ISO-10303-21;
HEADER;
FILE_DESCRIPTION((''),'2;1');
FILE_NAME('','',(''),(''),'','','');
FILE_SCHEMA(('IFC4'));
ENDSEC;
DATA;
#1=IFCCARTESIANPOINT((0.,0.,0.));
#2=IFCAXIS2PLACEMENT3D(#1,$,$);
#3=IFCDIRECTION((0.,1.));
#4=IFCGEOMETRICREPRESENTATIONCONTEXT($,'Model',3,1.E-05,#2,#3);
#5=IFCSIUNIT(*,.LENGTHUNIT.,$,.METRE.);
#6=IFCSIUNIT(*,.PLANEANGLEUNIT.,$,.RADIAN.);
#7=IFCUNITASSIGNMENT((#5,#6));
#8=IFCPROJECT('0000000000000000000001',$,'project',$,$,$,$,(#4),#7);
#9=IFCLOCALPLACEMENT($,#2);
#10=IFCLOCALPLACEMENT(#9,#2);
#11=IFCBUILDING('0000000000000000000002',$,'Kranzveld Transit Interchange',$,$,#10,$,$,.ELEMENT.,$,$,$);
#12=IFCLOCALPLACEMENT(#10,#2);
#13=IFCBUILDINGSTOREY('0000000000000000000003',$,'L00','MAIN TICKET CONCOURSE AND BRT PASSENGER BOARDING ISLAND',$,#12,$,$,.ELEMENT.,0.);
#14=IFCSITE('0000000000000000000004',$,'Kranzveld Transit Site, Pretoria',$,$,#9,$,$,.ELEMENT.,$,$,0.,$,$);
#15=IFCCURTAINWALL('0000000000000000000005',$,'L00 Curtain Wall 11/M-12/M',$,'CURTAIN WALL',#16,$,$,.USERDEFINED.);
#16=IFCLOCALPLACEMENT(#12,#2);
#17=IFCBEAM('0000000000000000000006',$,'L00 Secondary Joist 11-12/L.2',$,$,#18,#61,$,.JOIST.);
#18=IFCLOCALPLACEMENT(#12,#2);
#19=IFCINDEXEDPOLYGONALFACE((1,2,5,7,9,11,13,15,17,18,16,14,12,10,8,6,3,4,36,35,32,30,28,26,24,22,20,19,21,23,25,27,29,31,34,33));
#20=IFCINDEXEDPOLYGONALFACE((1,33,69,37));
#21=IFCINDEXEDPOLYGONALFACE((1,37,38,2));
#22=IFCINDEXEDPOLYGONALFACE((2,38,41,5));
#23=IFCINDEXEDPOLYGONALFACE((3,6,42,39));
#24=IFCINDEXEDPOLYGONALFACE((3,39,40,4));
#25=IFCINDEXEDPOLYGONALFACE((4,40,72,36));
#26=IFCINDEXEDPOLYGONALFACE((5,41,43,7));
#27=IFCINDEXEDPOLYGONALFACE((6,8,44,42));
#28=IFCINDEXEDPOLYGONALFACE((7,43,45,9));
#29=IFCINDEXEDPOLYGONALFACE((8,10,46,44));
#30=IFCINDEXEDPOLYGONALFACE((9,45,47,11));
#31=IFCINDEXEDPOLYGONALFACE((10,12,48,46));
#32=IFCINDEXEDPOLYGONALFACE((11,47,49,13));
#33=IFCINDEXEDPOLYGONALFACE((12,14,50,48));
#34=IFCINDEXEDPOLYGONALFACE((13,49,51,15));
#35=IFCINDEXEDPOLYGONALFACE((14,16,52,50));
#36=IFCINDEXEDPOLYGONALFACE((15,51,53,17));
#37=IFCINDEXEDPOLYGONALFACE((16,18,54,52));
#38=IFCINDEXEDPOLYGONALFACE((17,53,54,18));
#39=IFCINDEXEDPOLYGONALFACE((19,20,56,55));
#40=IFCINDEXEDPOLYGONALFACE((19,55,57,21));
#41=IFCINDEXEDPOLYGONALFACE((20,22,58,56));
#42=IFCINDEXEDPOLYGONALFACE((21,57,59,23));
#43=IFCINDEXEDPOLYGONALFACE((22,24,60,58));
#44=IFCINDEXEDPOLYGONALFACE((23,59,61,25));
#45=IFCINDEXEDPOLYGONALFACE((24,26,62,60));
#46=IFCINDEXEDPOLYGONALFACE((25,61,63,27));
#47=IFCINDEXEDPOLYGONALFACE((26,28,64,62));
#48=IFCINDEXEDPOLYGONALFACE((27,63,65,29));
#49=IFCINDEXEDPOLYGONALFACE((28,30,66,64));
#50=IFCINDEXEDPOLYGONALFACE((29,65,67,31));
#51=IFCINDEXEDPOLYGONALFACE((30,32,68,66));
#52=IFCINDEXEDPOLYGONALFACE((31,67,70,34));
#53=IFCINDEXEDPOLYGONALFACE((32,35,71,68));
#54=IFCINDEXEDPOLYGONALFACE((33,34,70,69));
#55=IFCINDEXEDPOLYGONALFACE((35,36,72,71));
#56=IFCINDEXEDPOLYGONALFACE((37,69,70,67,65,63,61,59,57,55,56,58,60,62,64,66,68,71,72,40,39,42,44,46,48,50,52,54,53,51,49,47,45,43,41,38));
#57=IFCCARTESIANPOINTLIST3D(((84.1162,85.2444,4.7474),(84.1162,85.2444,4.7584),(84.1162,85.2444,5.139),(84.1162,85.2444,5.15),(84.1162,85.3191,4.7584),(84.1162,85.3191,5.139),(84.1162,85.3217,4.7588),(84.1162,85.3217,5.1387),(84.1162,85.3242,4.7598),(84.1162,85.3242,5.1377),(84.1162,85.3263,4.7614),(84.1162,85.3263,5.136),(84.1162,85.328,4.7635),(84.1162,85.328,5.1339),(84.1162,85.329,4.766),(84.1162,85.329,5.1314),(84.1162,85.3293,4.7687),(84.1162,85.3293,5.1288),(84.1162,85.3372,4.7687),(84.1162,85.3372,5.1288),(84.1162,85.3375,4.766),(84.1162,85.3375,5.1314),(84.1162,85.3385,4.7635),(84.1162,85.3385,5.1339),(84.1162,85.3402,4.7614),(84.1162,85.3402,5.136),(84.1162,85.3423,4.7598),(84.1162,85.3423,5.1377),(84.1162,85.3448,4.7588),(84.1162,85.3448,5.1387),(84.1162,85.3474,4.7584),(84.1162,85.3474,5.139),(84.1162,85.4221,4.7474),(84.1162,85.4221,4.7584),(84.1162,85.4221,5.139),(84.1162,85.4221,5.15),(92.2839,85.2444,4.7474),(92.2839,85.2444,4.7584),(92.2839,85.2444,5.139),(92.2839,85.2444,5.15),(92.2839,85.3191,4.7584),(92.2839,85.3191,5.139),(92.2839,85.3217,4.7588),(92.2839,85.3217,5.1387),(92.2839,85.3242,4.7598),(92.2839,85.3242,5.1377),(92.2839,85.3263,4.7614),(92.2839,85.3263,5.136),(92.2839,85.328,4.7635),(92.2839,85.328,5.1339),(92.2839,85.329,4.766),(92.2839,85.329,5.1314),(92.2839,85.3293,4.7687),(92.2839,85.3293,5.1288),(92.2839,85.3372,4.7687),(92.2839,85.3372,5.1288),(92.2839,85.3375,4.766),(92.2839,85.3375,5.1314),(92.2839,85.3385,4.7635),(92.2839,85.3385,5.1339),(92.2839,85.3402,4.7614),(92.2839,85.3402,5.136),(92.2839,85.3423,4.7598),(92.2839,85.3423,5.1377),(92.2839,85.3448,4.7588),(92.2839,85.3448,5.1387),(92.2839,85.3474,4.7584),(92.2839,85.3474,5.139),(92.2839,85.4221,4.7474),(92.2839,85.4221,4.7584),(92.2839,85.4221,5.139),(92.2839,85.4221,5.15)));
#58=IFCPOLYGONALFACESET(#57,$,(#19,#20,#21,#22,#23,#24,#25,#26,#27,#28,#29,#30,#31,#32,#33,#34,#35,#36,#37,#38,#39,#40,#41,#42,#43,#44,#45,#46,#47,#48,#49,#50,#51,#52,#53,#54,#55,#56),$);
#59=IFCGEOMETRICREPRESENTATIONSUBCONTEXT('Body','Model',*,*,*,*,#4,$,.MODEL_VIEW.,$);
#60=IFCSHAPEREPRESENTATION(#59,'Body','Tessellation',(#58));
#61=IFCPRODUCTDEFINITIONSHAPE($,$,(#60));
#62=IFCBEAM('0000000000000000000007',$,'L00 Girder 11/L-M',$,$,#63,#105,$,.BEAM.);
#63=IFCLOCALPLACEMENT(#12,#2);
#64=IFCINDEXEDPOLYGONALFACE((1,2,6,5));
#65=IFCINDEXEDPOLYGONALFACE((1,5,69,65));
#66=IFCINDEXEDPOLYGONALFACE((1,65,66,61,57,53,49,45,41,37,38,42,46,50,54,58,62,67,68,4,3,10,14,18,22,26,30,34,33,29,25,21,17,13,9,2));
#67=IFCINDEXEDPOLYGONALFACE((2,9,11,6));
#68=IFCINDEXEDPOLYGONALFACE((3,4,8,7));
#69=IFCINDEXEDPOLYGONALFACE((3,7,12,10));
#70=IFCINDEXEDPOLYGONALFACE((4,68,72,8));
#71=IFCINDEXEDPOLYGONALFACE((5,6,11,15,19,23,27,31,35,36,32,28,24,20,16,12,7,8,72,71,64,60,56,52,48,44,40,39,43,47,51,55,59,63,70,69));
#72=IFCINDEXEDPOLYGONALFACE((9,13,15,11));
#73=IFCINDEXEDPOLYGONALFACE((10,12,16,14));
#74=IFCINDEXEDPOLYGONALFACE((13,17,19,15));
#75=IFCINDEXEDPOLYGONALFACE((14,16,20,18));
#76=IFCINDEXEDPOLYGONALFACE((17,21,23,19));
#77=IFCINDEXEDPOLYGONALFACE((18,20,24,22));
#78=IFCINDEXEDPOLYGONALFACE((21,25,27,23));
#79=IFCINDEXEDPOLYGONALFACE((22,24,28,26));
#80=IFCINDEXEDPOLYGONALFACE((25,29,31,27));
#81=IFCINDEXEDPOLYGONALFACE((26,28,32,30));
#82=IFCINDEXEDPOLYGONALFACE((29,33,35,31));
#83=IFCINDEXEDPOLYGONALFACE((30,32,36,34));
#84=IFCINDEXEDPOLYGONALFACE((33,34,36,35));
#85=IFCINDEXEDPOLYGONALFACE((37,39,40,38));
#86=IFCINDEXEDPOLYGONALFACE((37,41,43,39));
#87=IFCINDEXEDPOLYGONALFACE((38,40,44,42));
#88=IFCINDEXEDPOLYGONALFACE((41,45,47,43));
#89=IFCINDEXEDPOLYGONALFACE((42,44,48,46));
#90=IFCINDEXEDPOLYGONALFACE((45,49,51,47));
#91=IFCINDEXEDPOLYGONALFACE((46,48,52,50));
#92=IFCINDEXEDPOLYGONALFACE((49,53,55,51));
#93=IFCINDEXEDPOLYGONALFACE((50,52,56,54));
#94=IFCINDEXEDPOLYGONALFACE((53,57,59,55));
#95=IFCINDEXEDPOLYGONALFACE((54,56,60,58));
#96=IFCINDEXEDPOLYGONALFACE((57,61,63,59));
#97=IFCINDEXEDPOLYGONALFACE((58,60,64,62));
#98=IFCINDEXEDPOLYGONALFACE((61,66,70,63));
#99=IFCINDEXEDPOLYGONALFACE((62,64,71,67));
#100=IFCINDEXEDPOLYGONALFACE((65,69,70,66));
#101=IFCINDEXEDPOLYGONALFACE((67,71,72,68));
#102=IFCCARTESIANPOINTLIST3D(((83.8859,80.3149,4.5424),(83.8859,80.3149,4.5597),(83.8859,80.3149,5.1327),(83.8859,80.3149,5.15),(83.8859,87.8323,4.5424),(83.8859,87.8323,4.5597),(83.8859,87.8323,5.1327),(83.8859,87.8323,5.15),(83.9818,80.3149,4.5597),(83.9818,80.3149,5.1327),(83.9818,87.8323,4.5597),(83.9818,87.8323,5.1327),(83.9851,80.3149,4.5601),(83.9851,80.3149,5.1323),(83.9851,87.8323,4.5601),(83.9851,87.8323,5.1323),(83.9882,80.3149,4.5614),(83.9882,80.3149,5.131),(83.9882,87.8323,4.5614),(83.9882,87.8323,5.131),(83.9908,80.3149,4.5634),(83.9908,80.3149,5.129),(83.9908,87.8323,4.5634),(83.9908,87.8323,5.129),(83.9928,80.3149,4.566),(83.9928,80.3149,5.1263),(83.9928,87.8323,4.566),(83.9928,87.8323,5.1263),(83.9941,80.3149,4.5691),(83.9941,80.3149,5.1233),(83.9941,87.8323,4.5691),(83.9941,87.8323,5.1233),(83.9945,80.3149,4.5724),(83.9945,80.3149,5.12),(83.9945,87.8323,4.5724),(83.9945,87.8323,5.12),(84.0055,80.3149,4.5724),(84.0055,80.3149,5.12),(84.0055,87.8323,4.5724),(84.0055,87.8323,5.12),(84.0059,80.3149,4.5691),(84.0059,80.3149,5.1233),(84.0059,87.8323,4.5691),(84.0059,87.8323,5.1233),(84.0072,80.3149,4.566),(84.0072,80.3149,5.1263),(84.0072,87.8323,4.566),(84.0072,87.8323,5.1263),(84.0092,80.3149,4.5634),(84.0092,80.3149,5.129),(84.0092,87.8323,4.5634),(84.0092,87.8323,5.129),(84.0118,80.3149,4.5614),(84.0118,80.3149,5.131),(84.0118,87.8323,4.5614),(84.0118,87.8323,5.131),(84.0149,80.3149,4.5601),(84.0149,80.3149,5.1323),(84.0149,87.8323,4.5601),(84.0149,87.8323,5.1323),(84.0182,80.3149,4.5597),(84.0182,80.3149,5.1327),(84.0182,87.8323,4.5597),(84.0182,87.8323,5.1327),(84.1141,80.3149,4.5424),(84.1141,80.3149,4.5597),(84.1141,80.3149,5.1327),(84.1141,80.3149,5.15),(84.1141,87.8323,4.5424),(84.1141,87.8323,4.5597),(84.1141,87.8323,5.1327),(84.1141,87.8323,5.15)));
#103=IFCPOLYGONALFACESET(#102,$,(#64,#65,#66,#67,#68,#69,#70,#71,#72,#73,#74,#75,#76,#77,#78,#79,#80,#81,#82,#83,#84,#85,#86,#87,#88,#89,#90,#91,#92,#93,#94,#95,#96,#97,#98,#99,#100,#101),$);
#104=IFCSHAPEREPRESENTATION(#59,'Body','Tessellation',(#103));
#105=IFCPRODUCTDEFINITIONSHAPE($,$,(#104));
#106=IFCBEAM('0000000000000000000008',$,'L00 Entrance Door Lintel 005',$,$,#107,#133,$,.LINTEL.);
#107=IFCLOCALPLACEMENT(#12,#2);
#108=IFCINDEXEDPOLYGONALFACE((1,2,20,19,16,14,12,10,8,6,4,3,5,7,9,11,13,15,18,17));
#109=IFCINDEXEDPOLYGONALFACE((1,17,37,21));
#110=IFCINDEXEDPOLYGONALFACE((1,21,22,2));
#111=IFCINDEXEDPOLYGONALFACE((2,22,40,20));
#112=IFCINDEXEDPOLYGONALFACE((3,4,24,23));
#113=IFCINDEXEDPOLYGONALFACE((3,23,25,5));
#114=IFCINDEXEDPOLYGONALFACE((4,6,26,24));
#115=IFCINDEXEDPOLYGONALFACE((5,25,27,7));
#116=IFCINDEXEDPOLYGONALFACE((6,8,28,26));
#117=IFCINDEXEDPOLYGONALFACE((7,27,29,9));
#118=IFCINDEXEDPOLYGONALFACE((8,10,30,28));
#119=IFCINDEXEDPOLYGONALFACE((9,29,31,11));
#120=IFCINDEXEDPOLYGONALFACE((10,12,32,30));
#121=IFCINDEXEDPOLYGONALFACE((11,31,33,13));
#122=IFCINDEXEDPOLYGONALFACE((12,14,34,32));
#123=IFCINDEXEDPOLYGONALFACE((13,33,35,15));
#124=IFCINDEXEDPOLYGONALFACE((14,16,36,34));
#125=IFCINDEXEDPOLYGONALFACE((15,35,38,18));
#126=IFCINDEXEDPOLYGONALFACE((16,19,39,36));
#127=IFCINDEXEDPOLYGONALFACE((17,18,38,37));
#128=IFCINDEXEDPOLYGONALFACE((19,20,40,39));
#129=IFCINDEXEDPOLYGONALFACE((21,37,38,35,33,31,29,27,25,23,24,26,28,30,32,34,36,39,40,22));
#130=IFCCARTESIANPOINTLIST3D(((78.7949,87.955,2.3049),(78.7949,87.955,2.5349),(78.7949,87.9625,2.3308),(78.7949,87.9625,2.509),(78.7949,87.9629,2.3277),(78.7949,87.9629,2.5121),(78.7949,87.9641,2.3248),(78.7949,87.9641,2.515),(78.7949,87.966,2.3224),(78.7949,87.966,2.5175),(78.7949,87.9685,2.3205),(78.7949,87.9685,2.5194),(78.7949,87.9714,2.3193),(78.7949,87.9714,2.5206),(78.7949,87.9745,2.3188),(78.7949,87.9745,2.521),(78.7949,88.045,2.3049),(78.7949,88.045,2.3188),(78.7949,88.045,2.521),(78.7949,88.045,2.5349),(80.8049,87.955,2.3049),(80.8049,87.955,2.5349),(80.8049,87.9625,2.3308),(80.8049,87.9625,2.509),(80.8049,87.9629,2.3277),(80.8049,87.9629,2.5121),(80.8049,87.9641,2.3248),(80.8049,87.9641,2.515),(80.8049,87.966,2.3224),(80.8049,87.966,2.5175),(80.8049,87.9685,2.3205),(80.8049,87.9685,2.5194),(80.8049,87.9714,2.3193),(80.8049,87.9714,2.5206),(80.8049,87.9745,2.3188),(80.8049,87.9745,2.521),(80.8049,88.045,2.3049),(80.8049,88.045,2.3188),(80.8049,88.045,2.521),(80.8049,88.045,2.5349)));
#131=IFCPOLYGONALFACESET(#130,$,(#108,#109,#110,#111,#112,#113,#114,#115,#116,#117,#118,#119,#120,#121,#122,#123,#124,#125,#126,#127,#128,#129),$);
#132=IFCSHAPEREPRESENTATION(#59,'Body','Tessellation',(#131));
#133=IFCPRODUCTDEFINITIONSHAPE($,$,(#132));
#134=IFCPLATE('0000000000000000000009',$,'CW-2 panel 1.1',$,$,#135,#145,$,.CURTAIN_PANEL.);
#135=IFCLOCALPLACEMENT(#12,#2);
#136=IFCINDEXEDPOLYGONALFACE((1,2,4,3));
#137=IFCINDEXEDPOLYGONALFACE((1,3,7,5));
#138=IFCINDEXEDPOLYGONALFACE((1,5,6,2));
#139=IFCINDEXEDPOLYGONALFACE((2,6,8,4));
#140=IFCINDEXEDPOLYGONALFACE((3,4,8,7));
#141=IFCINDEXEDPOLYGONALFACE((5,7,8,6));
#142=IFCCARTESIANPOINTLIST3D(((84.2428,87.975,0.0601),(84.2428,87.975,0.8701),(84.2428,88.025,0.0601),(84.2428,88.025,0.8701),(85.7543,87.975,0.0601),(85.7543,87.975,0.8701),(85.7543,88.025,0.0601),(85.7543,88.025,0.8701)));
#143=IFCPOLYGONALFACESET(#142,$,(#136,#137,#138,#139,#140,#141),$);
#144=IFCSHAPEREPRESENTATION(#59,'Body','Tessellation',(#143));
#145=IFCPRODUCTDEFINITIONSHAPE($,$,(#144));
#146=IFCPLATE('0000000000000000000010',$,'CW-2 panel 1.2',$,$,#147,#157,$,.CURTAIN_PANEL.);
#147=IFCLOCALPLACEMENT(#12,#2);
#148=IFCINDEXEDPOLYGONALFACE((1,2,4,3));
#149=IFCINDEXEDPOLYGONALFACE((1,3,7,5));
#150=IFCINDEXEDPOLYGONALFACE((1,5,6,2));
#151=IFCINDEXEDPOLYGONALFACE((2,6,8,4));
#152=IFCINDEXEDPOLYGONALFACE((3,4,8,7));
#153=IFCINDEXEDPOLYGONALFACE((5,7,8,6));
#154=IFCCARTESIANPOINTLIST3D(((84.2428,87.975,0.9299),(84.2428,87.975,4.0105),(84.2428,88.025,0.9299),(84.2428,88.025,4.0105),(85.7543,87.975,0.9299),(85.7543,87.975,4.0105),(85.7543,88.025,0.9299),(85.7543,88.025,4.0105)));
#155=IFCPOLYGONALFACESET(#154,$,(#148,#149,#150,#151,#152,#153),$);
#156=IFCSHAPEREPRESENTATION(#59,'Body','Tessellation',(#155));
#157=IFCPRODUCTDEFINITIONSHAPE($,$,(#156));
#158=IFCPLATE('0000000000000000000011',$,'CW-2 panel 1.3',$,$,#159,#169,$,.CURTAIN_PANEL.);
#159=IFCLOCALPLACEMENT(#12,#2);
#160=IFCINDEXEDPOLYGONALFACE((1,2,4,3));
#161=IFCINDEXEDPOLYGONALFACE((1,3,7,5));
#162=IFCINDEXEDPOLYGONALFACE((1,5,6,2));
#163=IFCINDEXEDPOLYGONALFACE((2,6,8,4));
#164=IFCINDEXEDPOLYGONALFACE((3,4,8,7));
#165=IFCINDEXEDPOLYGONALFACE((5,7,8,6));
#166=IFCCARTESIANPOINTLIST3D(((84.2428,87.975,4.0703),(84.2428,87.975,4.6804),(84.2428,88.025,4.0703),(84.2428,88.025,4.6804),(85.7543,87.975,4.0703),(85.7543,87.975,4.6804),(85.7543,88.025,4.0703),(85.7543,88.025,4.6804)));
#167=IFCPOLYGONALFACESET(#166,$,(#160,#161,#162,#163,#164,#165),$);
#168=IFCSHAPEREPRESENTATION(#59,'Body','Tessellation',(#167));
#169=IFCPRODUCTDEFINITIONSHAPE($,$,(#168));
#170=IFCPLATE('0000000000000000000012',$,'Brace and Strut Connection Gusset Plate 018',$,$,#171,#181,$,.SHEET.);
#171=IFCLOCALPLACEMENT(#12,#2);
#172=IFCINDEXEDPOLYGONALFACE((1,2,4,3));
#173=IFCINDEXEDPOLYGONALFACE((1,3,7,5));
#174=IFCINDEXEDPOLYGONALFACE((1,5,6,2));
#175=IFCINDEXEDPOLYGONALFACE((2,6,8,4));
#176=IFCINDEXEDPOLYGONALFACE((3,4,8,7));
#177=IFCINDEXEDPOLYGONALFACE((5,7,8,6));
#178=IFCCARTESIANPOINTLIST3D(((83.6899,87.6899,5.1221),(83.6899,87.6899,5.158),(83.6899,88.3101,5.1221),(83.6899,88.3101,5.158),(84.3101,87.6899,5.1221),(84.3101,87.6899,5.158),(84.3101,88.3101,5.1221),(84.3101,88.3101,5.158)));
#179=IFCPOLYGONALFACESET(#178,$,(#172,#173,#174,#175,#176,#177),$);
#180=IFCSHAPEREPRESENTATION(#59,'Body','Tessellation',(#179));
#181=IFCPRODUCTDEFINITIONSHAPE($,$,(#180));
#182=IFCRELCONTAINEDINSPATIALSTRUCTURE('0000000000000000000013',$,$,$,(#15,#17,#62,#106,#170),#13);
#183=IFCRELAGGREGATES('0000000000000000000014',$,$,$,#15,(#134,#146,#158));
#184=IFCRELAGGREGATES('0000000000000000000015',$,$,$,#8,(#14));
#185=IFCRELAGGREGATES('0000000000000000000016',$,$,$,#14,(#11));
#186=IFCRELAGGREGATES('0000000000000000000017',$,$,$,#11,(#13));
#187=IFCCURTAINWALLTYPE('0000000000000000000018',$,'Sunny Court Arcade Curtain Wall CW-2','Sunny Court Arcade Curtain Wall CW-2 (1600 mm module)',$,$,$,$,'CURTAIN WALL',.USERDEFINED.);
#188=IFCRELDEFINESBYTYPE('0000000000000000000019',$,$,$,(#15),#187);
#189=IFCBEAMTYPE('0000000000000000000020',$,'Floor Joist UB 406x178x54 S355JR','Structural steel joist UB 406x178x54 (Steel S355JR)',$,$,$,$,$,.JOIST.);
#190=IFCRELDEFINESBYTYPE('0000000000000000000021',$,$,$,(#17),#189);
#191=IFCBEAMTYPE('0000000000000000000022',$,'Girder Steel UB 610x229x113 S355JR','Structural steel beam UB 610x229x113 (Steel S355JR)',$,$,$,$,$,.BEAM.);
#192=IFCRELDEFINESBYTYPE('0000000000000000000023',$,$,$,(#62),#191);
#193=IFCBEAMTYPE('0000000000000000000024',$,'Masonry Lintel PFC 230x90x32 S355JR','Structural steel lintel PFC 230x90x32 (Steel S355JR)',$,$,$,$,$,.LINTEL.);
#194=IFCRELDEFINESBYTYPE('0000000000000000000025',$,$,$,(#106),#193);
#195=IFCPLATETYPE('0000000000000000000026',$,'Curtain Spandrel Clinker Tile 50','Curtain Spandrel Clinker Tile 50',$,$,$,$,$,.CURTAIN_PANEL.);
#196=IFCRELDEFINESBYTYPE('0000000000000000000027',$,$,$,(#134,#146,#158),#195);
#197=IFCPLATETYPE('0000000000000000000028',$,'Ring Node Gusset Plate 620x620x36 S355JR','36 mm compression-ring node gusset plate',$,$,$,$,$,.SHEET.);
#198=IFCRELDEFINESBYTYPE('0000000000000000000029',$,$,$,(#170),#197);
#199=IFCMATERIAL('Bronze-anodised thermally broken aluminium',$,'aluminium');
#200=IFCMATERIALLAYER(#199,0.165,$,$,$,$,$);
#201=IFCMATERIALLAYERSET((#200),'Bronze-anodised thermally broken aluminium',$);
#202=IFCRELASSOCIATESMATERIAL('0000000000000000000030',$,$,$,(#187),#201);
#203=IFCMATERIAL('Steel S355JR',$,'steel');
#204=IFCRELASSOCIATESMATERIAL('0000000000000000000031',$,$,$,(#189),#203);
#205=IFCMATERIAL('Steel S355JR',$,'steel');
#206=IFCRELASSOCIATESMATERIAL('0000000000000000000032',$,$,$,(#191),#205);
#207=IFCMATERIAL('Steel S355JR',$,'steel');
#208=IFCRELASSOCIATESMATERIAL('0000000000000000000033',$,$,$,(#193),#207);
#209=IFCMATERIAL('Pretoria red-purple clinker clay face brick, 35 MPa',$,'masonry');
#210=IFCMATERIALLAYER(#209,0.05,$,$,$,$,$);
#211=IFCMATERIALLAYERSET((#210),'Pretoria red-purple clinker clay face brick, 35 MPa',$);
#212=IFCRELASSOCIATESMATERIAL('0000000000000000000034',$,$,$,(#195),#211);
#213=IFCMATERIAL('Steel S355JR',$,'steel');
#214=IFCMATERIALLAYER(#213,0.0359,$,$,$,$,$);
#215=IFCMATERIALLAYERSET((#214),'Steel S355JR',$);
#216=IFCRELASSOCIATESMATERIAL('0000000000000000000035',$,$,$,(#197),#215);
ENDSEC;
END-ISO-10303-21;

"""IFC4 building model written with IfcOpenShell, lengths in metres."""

from ifc_helpers import new_model, si_unit, direction, frame, origin, origin_2d, place, context, subcontext, project, spatial, rectangle, i_section, u_section, extrude, material, layer, layer_set, material_profile, profile_set, type_object, element, aggregate, save


model = new_model("IFC4")

# Units and contexts
model_context = context("Model", 3, precision=1e-05, world=origin(), true_north=direction((0.0, 1.0)))
body_context = subcontext(model_context, "Body", "Model", "MODEL_VIEW")
ifc_project = project(units=[si_unit("LENGTHUNIT", "METRE"), si_unit("PLANEANGLEUNIT", "RADIAN")], contexts=[model_context])

# Site, building, storey
site_placement = place(None, origin())
site = spatial("IfcSite", under=ifc_project, at=site_placement, Name="Kranzveld Transit Site, Pretoria", CompositionType="ELEMENT", RefElevation=0.0)
building_placement = place(site_placement, origin())
building = spatial("IfcBuilding", under=site, at=building_placement, Name="Kranzveld Transit Interchange", CompositionType="ELEMENT")
storey_placement = place(building_placement, origin())
storey = spatial("IfcBuildingStorey", under=building, at=storey_placement, Name="L00", Description="MAIN TICKET CONCOURSE AND BRT PASSENGER BOARDING ISLAND", CompositionType="ELEMENT", Elevation=0.0)

# Curtain wall
ifc_material_1 = material(Name="Bronze-anodised thermally broken aluminium", Category="aluminium")
ifc_layer_1 = layer(ifc_material_1, 0.165)
ifc_layer_set_1 = layer_set([ifc_layer_1], Name="Bronze-anodised thermally broken aluminium")
curtain_wall_type = type_object("IfcCurtainWallType", Name="Sunny Court Arcade Curtain Wall CW-2", Description="Sunny Court Arcade Curtain Wall CW-2 (1600 mm module)", ElementType="CURTAIN WALL", PredefinedType="USERDEFINED", material=ifc_layer_set_1)
curtain_wall_placement = place(storey_placement, origin())
curtain_wall = element("IfcCurtainWall", 1, at=curtain_wall_placement, inside=storey, type_object=curtain_wall_type, Name="L00 Curtain Wall 11/M-12/M", ObjectType="CURTAIN WALL", PredefinedType="USERDEFINED")

# Beams
ifc_material_2 = material(Name="Steel S355JR", Category="steel")
ifc_material_profile_1 = material_profile(ifc_material_2, i_section(OverallWidth=0.1777, OverallDepth=0.4026, WebThickness=0.0078, FlangeThickness=0.011, FilletRadius=0.0103, at=origin_2d()), Name="UB 406x178x54")
ifc_profile_set_1 = profile_set([ifc_material_profile_1], Name="Steel S355JR")
beam_type_1 = type_object("IfcBeamType", Name="Floor Joist UB 406x178x54 S355JR", Description="Structural steel joist UB 406x178x54 (Steel S355JR)", PredefinedType="JOIST", material=ifc_profile_set_1)
for number, where, z_axis, x_axis, name in (
    (2, (84.1162, 85.3333, 4.9487), (1.0, 0.0, 0.0), (0.0, 1.0, 0.0), "L00 Secondary Joist 11-12/L.2"),
):
    element("IfcBeam", number, at=place(storey_placement, frame(where, z_axis=z_axis, x_axis=x_axis)), inside=storey, type_object=beam_type_1, Name=name, PredefinedType="JOIST", context=body_context, shape_type="SweptSolid", body=[
        extrude(i_section(OverallWidth=0.1777, OverallDepth=0.4026, WebThickness=0.0078, FlangeThickness=0.011, FilletRadius=0.0103, at=origin_2d()), origin(), (0.0, 0.0, 1.0), 8.1677),
    ])
ifc_material_3 = material(Name="Steel S355JR", Category="steel")
ifc_material_profile_2 = material_profile(ifc_material_3, i_section(OverallWidth=0.2283, OverallDepth=0.6077, WebThickness=0.011, FlangeThickness=0.0173, FilletRadius=0.0127, at=origin_2d()), Name="UB 610x229x113")
ifc_profile_set_2 = profile_set([ifc_material_profile_2], Name="Steel S355JR")
beam_type_2 = type_object("IfcBeamType", Name="Girder Steel UB 610x229x113 S355JR", Description="Structural steel beam UB 610x229x113 (Steel S355JR)", PredefinedType="BEAM", material=ifc_profile_set_2)
beam_1_placement = place(storey_placement, frame((84.0, 80.3149, 4.8462), z_axis=(0.0, 1.0, 0.0), x_axis=(-1.0, 0.0, 0.0)))
element("IfcBeam", 3, at=beam_1_placement, inside=storey, type_object=beam_type_2, Name="L00 Girder 11/L-M", PredefinedType="BEAM", context=body_context, shape_type="SweptSolid", body=[
    extrude(i_section(OverallWidth=0.2283, OverallDepth=0.6077, WebThickness=0.011, FlangeThickness=0.0173, FilletRadius=0.0127, at=origin_2d()), origin(), (0.0, 0.0, 1.0), 7.5173),
])
ifc_material_4 = material(Name="Steel S355JR", Category="steel")
ifc_material_profile_3 = material_profile(ifc_material_4, u_section(Depth=0.23, FlangeWidth=0.0901, WebThickness=0.0076, FlangeThickness=0.0139, FilletRadius=0.012, at=origin_2d()), Name="PFC 230x90x32")
ifc_profile_set_3 = profile_set([ifc_material_profile_3], Name="Steel S355JR")
beam_type_3 = type_object("IfcBeamType", Name="Masonry Lintel PFC 230x90x32 S355JR", Description="Structural steel lintel PFC 230x90x32 (Steel S355JR)", PredefinedType="LINTEL", material=ifc_profile_set_3)
beam_2_placement = place(storey_placement, frame((78.7949, 88.0, 2.4199), z_axis=(1.0, 0.0, 0.0), x_axis=(0.0, 1.0, 0.0)))
element("IfcBeam", 4, at=beam_2_placement, inside=storey, type_object=beam_type_3, Name="L00 Entrance Door Lintel 005", PredefinedType="LINTEL", context=body_context, shape_type="SweptSolid", body=[
    extrude(u_section(Depth=0.23, FlangeWidth=0.0901, WebThickness=0.0076, FlangeThickness=0.0139, FilletRadius=0.012, at=origin_2d()), origin(), (0.0, 0.0, 1.0), 2.01),
])

# Plates
ifc_material_5 = material(Name="Pretoria red-purple clinker clay face brick, 35 MPa", Category="masonry")
ifc_layer_2 = layer(ifc_material_5, 0.05)
ifc_layer_set_2 = layer_set([ifc_layer_2], Name="Pretoria red-purple clinker clay face brick, 35 MPa")
plate_type_1 = type_object("IfcPlateType", Name="Curtain Spandrel Clinker Tile 50", Description="Curtain Spandrel Clinker Tile 50", PredefinedType="CURTAIN_PANEL", material=ifc_layer_set_2)
plate_1_placement = place(storey_placement, frame((84.9985, 88.0, 0.0601), z_axis=(0.0, 0.0, 1.0), x_axis=(1.0, 0.0, 0.0)))
plate_1 = element("IfcPlate", 5, at=plate_1_placement, type_object=plate_type_1, Name="CW-2 panel 1.1", PredefinedType="CURTAIN_PANEL", context=body_context, shape_type="SweptSolid", body=[
    extrude(rectangle(XDim=1.5115, YDim=0.05, at=origin_2d()), origin(), (0.0, 0.0, 1.0), 0.8101),
])
plate_2_placement = place(storey_placement, frame((84.9985, 88.0, 0.9299), z_axis=(0.0, 0.0, 1.0), x_axis=(1.0, 0.0, 0.0)))
plate_2 = element("IfcPlate", 6, at=plate_2_placement, type_object=plate_type_1, Name="CW-2 panel 1.2", PredefinedType="CURTAIN_PANEL", context=body_context, shape_type="SweptSolid", body=[
    extrude(rectangle(XDim=1.5115, YDim=0.05, at=origin_2d()), origin(), (0.0, 0.0, 1.0), 3.0806),
])
plate_3_placement = place(storey_placement, frame((84.9985, 88.0, 4.0703), z_axis=(0.0, 0.0, 1.0), x_axis=(1.0, 0.0, 0.0)))
plate_3 = element("IfcPlate", 7, at=plate_3_placement, type_object=plate_type_1, Name="CW-2 panel 1.3", PredefinedType="CURTAIN_PANEL", context=body_context, shape_type="SweptSolid", body=[
    extrude(rectangle(XDim=1.5115, YDim=0.05, at=origin_2d()), origin(), (0.0, 0.0, 1.0), 0.6101),
])
aggregate(curtain_wall, [plate_1, plate_2, plate_3])
ifc_material_6 = material(Name="Steel S355JR", Category="steel")
ifc_layer_3 = layer(ifc_material_6, 0.0359)
ifc_layer_set_3 = layer_set([ifc_layer_3], Name="Steel S355JR")
plate_type_2 = type_object("IfcPlateType", Name="Ring Node Gusset Plate 620x620x36 S355JR", Description="36 mm compression-ring node gusset plate", PredefinedType="SHEET", material=ifc_layer_set_3)
plate_4_placement = place(storey_placement, frame((84.0, 88.0, 5.1221), z_axis=(0.0, 0.0, 1.0), x_axis=(1.0, 0.0, 0.0)))
element("IfcPlate", 8, at=plate_4_placement, inside=storey, type_object=plate_type_2, Name="Brace and Strut Connection Gusset Plate 018", PredefinedType="SHEET", context=body_context, shape_type="SweptSolid", body=[
    extrude(rectangle(XDim=0.6201, YDim=0.6201, at=origin_2d()), origin(), (0.0, 0.0, 1.0), 0.0359),
])

save(model, "model.ifc")
